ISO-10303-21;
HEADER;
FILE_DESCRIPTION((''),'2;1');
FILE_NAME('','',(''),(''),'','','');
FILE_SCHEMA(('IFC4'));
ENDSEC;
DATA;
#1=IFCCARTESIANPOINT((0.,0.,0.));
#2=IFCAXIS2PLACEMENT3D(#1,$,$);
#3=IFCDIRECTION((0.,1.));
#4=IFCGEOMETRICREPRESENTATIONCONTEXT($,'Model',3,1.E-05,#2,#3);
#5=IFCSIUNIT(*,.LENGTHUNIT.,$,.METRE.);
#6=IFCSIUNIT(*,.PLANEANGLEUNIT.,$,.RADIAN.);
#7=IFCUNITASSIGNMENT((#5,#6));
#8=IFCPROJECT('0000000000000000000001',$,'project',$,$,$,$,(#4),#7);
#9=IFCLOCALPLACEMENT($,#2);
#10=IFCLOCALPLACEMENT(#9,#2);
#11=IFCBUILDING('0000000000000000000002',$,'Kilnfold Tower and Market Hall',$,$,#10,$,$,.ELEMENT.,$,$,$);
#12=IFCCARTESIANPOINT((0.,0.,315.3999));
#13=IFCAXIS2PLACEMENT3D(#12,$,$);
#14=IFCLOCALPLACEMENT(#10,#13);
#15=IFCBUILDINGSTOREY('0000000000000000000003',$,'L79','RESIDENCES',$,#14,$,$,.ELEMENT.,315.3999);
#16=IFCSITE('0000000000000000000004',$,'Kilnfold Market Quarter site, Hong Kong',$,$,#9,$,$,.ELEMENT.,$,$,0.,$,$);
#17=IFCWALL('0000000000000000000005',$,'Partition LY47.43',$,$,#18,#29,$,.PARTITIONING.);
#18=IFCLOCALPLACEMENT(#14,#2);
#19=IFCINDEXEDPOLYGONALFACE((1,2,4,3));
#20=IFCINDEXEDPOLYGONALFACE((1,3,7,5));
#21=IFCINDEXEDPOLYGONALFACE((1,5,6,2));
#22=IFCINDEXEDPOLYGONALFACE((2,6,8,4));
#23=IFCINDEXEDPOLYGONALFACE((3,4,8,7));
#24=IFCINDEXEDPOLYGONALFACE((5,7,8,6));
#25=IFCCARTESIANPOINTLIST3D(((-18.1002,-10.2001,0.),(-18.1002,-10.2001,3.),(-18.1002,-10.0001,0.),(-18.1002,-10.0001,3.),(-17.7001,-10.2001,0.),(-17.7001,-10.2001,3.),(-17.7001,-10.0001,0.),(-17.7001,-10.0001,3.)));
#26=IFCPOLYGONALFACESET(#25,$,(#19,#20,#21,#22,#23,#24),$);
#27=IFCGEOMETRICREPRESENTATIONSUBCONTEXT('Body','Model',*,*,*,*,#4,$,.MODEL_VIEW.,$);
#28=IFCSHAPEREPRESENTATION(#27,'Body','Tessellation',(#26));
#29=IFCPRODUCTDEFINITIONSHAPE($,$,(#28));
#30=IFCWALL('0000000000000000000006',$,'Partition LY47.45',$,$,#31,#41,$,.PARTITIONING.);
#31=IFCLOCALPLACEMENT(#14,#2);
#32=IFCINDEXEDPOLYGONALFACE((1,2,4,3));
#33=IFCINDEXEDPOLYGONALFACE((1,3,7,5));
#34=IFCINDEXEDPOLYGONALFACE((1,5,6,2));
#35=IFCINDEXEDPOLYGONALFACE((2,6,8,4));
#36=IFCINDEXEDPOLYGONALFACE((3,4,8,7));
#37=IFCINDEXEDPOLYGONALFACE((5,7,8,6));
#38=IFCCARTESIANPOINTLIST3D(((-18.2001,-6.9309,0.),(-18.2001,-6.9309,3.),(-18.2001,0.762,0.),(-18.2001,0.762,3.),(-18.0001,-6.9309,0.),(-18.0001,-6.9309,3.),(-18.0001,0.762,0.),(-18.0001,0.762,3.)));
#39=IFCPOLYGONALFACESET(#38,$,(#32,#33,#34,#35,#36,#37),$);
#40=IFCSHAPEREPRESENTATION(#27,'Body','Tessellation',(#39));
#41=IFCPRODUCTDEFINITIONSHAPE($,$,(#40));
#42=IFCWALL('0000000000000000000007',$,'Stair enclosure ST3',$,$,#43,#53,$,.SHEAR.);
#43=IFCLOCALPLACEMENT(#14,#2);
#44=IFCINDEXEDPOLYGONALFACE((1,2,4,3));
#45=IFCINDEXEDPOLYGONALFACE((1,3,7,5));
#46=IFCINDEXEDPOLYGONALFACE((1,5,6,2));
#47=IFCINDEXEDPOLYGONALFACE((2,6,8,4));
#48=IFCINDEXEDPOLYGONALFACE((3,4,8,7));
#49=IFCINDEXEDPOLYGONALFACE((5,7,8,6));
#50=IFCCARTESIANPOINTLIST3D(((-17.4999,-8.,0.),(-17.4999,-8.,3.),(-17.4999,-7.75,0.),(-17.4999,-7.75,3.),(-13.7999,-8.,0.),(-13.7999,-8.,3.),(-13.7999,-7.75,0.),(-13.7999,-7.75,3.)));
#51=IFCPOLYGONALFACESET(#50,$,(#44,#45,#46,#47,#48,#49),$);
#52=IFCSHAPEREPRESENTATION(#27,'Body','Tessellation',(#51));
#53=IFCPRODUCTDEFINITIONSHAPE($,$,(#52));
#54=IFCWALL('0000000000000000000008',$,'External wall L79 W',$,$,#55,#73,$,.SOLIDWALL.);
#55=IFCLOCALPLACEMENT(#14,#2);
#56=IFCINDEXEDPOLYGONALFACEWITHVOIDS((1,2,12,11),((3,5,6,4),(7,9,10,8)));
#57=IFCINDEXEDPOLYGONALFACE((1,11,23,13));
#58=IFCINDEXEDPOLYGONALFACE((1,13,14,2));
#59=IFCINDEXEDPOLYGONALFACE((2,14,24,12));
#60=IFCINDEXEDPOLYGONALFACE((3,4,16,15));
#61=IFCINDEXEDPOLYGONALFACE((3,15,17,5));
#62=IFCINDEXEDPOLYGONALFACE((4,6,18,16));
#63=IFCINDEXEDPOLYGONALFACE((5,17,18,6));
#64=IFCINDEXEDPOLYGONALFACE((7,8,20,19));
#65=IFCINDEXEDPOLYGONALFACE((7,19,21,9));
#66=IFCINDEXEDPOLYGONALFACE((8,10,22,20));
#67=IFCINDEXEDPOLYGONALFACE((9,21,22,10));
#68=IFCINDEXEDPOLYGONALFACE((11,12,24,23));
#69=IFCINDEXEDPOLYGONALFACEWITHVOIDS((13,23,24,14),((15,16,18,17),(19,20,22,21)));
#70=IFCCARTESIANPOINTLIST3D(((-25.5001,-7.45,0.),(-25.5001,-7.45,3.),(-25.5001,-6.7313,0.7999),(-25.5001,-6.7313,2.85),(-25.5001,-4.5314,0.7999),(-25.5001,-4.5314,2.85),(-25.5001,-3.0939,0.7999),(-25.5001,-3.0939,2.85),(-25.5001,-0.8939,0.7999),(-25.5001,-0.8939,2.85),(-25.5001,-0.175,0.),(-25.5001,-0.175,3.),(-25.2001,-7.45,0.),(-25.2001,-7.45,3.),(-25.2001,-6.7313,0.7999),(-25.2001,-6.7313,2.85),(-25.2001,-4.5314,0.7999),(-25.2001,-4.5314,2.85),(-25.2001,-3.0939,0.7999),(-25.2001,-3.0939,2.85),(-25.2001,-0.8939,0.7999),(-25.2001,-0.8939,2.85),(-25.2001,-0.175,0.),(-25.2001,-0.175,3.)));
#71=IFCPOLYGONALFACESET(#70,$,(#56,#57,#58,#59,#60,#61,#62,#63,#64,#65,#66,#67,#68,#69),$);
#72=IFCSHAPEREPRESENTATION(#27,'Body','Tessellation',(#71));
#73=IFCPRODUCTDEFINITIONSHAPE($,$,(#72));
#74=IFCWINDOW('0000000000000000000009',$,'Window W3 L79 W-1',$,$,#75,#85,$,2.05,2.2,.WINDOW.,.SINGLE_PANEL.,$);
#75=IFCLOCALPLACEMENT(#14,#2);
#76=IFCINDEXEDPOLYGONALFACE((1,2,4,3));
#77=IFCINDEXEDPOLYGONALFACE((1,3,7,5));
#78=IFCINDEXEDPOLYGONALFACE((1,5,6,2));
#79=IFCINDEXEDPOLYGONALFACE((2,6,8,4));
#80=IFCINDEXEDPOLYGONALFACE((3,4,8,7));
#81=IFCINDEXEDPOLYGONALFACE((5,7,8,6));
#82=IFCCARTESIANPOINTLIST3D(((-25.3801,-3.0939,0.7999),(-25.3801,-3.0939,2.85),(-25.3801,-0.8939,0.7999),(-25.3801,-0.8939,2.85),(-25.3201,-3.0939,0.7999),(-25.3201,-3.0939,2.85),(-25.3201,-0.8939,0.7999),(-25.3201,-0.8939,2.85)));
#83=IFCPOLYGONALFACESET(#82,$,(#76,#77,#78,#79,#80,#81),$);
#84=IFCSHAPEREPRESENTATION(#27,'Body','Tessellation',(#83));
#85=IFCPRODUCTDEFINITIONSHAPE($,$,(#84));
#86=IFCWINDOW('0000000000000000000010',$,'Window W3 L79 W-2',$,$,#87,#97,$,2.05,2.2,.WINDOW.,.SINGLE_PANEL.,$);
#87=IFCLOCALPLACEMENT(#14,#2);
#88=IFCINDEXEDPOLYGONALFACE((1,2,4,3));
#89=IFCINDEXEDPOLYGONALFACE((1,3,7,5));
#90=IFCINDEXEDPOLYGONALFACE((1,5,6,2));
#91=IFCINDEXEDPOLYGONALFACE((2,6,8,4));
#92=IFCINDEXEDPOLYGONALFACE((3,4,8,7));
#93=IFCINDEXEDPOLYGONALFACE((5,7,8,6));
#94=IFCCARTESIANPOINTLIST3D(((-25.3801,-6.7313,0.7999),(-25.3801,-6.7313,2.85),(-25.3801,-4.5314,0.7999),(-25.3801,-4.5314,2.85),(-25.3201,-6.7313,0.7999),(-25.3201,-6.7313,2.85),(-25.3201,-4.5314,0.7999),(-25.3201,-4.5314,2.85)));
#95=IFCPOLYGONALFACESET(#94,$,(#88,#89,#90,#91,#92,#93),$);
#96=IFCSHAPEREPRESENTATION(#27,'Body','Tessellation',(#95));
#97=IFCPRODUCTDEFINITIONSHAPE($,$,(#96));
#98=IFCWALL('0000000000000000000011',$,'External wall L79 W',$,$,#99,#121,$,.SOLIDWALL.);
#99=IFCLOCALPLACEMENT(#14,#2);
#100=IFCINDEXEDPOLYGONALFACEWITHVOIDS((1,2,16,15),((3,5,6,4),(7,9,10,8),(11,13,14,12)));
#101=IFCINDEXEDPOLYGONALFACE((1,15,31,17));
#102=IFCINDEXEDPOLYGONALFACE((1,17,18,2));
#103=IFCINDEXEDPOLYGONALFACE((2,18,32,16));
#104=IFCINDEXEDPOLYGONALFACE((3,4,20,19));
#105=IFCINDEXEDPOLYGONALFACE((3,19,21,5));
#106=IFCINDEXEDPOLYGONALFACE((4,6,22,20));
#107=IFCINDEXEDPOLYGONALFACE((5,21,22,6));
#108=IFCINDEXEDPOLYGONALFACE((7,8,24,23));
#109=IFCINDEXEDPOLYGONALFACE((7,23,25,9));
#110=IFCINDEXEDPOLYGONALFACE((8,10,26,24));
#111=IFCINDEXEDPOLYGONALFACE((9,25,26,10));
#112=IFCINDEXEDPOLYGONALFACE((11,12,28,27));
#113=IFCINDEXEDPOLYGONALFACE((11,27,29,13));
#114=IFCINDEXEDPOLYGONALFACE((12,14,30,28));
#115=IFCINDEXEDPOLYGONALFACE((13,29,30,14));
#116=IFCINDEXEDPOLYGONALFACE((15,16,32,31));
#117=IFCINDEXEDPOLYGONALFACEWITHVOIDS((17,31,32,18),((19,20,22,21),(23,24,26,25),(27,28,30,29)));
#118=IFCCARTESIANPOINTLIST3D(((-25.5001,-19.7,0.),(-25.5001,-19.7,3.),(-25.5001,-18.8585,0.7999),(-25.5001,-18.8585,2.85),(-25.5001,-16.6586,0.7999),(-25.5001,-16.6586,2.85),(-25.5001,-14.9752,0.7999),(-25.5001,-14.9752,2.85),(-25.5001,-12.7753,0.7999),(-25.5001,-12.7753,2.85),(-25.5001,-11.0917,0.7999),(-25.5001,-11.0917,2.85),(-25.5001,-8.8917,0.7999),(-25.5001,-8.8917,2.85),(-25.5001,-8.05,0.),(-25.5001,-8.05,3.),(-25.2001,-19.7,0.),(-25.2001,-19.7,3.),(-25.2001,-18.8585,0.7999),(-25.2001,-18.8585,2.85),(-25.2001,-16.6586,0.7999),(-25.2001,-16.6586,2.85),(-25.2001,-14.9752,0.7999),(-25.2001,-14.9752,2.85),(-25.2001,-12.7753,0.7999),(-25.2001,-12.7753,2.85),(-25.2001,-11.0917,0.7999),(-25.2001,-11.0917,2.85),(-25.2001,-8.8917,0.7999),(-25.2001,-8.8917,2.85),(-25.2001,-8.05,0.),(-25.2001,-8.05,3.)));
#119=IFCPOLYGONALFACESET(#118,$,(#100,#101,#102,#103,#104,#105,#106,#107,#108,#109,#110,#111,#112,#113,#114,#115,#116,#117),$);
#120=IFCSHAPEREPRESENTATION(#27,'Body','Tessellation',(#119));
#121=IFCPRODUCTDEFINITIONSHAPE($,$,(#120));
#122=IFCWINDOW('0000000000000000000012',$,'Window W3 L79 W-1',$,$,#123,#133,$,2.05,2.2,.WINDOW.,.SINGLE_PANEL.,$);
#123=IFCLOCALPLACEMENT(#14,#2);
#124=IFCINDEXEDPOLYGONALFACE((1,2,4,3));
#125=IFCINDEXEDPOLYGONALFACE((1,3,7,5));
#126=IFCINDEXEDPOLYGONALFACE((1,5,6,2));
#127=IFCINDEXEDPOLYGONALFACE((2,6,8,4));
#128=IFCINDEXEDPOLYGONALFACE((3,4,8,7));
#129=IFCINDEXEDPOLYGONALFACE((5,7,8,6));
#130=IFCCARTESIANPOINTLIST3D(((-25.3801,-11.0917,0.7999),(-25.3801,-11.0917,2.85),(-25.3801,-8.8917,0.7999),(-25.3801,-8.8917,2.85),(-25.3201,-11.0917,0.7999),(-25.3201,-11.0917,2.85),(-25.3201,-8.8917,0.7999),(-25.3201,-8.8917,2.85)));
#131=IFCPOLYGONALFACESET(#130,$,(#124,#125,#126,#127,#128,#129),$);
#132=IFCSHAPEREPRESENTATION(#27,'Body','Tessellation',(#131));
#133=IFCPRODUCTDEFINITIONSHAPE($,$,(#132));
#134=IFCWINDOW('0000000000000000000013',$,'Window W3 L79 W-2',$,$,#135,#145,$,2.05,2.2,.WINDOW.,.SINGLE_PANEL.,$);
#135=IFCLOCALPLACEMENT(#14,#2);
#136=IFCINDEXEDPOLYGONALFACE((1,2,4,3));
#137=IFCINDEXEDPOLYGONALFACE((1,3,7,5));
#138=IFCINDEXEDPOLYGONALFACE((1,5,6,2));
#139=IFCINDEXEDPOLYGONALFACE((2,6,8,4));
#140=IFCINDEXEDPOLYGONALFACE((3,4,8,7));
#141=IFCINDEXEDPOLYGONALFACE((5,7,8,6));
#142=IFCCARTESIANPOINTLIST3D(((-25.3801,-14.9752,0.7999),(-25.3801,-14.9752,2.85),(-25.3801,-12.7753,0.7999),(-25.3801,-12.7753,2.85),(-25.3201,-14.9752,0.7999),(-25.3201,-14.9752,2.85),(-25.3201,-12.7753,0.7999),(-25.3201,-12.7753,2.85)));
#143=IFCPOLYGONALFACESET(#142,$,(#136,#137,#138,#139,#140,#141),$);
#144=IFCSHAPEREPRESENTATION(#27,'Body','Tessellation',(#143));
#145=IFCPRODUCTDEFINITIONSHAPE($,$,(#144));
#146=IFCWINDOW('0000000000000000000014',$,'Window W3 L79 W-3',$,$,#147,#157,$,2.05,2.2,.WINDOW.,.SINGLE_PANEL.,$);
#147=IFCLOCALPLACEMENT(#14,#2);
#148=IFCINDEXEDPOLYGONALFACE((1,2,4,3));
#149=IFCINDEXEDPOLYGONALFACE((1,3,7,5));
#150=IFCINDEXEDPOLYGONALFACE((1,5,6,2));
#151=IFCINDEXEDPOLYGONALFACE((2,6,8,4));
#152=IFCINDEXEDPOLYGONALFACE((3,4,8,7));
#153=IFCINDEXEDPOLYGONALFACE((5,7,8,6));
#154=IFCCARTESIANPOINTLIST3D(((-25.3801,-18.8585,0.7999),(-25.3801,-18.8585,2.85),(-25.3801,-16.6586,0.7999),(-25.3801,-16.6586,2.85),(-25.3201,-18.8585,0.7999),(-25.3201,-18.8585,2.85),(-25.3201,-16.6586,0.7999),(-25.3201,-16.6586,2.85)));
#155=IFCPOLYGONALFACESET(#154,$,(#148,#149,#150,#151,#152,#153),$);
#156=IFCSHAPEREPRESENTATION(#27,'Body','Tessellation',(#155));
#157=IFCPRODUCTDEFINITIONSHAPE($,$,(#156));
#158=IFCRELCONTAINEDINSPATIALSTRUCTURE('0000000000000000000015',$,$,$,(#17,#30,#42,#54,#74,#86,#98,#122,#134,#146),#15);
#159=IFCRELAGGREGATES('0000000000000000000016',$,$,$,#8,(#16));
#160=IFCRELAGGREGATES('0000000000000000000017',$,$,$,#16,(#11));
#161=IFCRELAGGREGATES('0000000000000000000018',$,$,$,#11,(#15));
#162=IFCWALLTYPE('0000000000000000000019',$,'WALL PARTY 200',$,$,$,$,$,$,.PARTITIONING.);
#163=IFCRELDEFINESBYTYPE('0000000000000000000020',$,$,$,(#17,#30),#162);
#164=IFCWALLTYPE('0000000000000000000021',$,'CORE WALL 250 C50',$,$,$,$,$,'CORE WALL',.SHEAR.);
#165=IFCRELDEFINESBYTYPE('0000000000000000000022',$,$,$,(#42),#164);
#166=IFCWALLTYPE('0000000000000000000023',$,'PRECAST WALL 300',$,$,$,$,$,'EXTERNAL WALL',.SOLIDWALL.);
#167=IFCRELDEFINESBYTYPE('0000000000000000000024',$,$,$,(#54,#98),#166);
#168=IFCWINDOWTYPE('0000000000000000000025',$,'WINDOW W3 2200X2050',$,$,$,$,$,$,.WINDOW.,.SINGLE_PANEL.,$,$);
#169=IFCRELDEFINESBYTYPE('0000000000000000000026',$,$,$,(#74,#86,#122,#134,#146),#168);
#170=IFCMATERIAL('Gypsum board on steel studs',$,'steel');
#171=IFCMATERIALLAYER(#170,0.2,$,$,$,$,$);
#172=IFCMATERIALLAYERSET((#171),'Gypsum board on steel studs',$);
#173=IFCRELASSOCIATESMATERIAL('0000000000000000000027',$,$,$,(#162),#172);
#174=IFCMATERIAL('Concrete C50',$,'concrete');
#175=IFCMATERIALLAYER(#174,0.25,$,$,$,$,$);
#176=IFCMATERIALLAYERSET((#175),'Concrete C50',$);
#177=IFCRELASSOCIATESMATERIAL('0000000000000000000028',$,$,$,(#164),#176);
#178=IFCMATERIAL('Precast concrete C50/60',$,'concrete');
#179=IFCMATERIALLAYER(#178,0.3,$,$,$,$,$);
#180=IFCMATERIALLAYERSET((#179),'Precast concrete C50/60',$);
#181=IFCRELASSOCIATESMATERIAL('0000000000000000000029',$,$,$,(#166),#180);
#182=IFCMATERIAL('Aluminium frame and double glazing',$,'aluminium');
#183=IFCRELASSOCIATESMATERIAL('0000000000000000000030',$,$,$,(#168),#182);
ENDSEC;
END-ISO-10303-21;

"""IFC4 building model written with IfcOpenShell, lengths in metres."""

from ifc_helpers import new_model, si_unit, direction, frame, frame_2d, origin, place, context, subcontext, project, spatial, rectangle, extrude, source, transform, mapped, material, layer, layer_set, type_object, element, fill, save


model = new_model("IFC4")

# Units and contexts
model_context = context("Model", 3, precision=1e-05, world=origin(), true_north=direction((0.0, 1.0)))
body_context = subcontext(model_context, "Body", "Model", "MODEL_VIEW")
ifc_project = project(units=[si_unit("LENGTHUNIT", "METRE"), si_unit("PLANEANGLEUNIT", "RADIAN")], contexts=[model_context])

# Site, building, storey
site_placement = place(None, origin())
site = spatial("IfcSite", under=ifc_project, at=site_placement, Name="Kilnfold Market Quarter site, Hong Kong", CompositionType="ELEMENT", RefElevation=0.0)
building_placement = place(site_placement, origin())
building = spatial("IfcBuilding", under=site, at=building_placement, Name="Kilnfold Tower and Market Hall", CompositionType="ELEMENT")
storey_placement = place(building_placement, frame((0.0, 0.0, 315.3999)))
storey = spatial("IfcBuildingStorey", under=building, at=storey_placement, Name="L79", Description="RESIDENCES", CompositionType="ELEMENT", Elevation=315.3999)

# Walls
ifc_material_1 = material(Name="Gypsum board on steel studs", Category="steel")
ifc_layer_1 = layer(ifc_material_1, 0.2)
ifc_layer_set_1 = layer_set([ifc_layer_1], Name="Gypsum board on steel studs")
wall_type_1 = type_object("IfcWallType", Name="WALL PARTY 200", PredefinedType="PARTITIONING", material=ifc_layer_set_1)
wall_1_placement = place(storey_placement, frame((-17.7, -10.1001, 0.0), z_axis=(0.0, 0.0, 1.0), x_axis=(-1.0, 0.0, 0.0)))
element("IfcWall", 1, at=wall_1_placement, inside=storey, type_object=wall_type_1, Name="Partition LY47.43", PredefinedType="PARTITIONING", context=body_context, shape_type="SweptSolid", body=[
    extrude(rectangle(XDim=0.4001, YDim=0.2, at=frame_2d((0.2002, 0.0))), origin(), (0.0, 0.0, 1.0), 3.0),
])
wall_2_placement = place(storey_placement, frame((-18.1001, -6.9309, 0.0), z_axis=(0.0, 0.0, 1.0), x_axis=(0.0, 1.0, 0.0)))
element("IfcWall", 2, at=wall_2_placement, inside=storey, type_object=wall_type_1, Name="Partition LY47.45", PredefinedType="PARTITIONING", context=body_context, shape_type="SweptSolid", body=[
    extrude(rectangle(XDim=7.6929, YDim=0.2, at=frame_2d((3.8464, 0.0))), origin(), (0.0, 0.0, 1.0), 3.0),
])
ifc_material_2 = material(Name="Concrete C50", Category="concrete")
ifc_layer_2 = layer(ifc_material_2, 0.25)
ifc_layer_set_2 = layer_set([ifc_layer_2], Name="Concrete C50")
wall_type_2 = type_object("IfcWallType", Name="CORE WALL 250 C50", ElementType="CORE WALL", PredefinedType="SHEAR", material=ifc_layer_set_2)
shared_shape_1 = source(origin(), body_context, "Body", "SweptSolid", [
    extrude(rectangle(XDim=3.7, YDim=0.25, at=frame_2d((1.8501, 0.0))), origin(), (0.0, 0.0, 1.0), 3.0),
])
wall_3_placement = place(storey_placement, frame((-17.5, -7.875, 0.0), z_axis=(0.0, 0.0, 1.0), x_axis=(1.0, 0.0, 0.0)))
element("IfcWall", 3, at=wall_3_placement, inside=storey, type_object=wall_type_2, Name="Stair enclosure ST3", PredefinedType="SHEAR", context=body_context, shape_type="MappedRepresentation", body=[
    mapped(shared_shape_1, transform((0.0, 0.0, 0.0))),
])

# Walls, openings, windows
ifc_material_3 = material(Name="Precast concrete C50/60", Category="concrete")
ifc_layer_3 = layer(ifc_material_3, 0.3)
ifc_layer_set_3 = layer_set([ifc_layer_3], Name="Precast concrete C50/60")
wall_type_3 = type_object("IfcWallType", Name="PRECAST WALL 300", ElementType="EXTERNAL WALL", PredefinedType="SOLIDWALL", material=ifc_layer_set_3)
shared_shape_2 = source(origin(), body_context, "Body", "SweptSolid", [
    extrude(rectangle(XDim=7.2749, YDim=0.3, at=frame_2d((3.6375, 0.0))), origin(), (0.0, 0.0, 1.0), 3.0),
])
wall_4_placement = place(storey_placement, frame((-25.3501, -0.175, 0.0), z_axis=(0.0, 0.0, 1.0), x_axis=(0.0, -1.0, 0.0)))
wall_4 = element("IfcWall", 4, at=wall_4_placement, inside=storey, type_object=wall_type_3, Name="External wall L79 W", PredefinedType="SOLIDWALL", context=body_context, shape_type="MappedRepresentation", body=[
    mapped(shared_shape_2, transform((0.0, 0.0, 0.0))),
])
opening_1_placement = place(wall_4_placement, frame((0.7188, 0.0, 0.8)))
opening_1 = element("IfcOpeningElement", 5, at=opening_1_placement, cuts=wall_4, PredefinedType="OPENING", context=body_context, shape_type="SweptSolid", body=[
    extrude(rectangle(XDim=2.2, YDim=2.05, at=frame_2d((1.1001, 1.0249))), frame((0.0, 0.1602, 0.0), z_axis=(0.0, -1.0, 0.0), x_axis=(1.0, 0.0, 0.0)), (0.0, 0.0, 1.0), 0.3201),
])
opening_2_placement = place(wall_4_placement, frame((4.3562, 0.0, 0.8)))
opening_2 = element("IfcOpeningElement", 6, at=opening_2_placement, cuts=wall_4, PredefinedType="OPENING", context=body_context, shape_type="SweptSolid", body=[
    extrude(rectangle(XDim=2.2, YDim=2.05, at=frame_2d((1.1001, 1.0249))), frame((0.0, 0.1602, 0.0), z_axis=(0.0, -1.0, 0.0), x_axis=(1.0, 0.0, 0.0)), (0.0, 0.0, 1.0), 0.3201),
])
ifc_material_4 = material(Name="Aluminium frame and double glazing", Category="aluminium")
window_type = type_object("IfcWindowType", Name="WINDOW W3 2200X2050", PartitioningType="SINGLE_PANEL", PredefinedType="WINDOW", material=ifc_material_4)
window_1_placement = place(opening_1_placement, origin())
window_1 = element("IfcWindow", 7, at=window_1_placement, inside=storey, type_object=window_type, Name="Window W3 L79 W-1", OverallHeight=2.05, OverallWidth=2.2, PartitioningType="SINGLE_PANEL", PredefinedType="WINDOW", context=body_context, shape_type="SweptSolid", body=[
    extrude(rectangle(XDim=2.2, YDim=2.05, at=frame_2d((1.1001, 1.0249))), frame((0.0, 0.03, 0.0), z_axis=(0.0, -1.0, 0.0), x_axis=(1.0, 0.0, 0.0)), (0.0, 0.0, 1.0), 0.0601),
])
fill(opening_1, window_1)
window_2_placement = place(opening_2_placement, origin())
window_2 = element("IfcWindow", 8, at=window_2_placement, inside=storey, type_object=window_type, Name="Window W3 L79 W-2", OverallHeight=2.05, OverallWidth=2.2, PartitioningType="SINGLE_PANEL", PredefinedType="WINDOW", context=body_context, shape_type="SweptSolid", body=[
    extrude(rectangle(XDim=2.2, YDim=2.05, at=frame_2d((1.1001, 1.0249))), frame((0.0, 0.03, 0.0), z_axis=(0.0, -1.0, 0.0), x_axis=(1.0, 0.0, 0.0)), (0.0, 0.0, 1.0), 0.0601),
])
fill(opening_2, window_2)
shared_shape_3 = source(origin(), body_context, "Body", "SweptSolid", [
    extrude(rectangle(XDim=11.6499, YDim=0.3, at=frame_2d((5.825, 0.0))), origin(), (0.0, 0.0, 1.0), 3.0),
])
wall_5_placement = place(storey_placement, frame((-25.3501, -8.05, 0.0), z_axis=(0.0, 0.0, 1.0), x_axis=(0.0, -1.0, 0.0)))
wall_5 = element("IfcWall", 9, at=wall_5_placement, inside=storey, type_object=wall_type_3, Name="External wall L79 W", PredefinedType="SOLIDWALL", context=body_context, shape_type="MappedRepresentation", body=[
    mapped(shared_shape_3, transform((0.0, 0.0, 0.0))),
])
opening_3_placement = place(wall_5_placement, frame((0.8416, 0.0, 0.8)))
opening_3 = element("IfcOpeningElement", 10, at=opening_3_placement, cuts=wall_5, PredefinedType="OPENING", context=body_context, shape_type="SweptSolid", body=[
    extrude(rectangle(XDim=2.2, YDim=2.05, at=frame_2d((1.1001, 1.0249))), frame((0.0, 0.1602, 0.0), z_axis=(0.0, -1.0, 0.0), x_axis=(1.0, 0.0, 0.0)), (0.0, 0.0, 1.0), 0.3201),
])
opening_4_placement = place(wall_5_placement, frame((4.7251, 0.0, 0.8)))
opening_4 = element("IfcOpeningElement", 11, at=opening_4_placement, cuts=wall_5, PredefinedType="OPENING", context=body_context, shape_type="SweptSolid", body=[
    extrude(rectangle(XDim=2.2, YDim=2.05, at=frame_2d((1.1001, 1.0249))), frame((0.0, 0.1602, 0.0), z_axis=(0.0, -1.0, 0.0), x_axis=(1.0, 0.0, 0.0)), (0.0, 0.0, 1.0), 0.3201),
])
opening_5_placement = place(wall_5_placement, frame((8.6084, 0.0, 0.8)))
opening_5 = element("IfcOpeningElement", 12, at=opening_5_placement, cuts=wall_5, PredefinedType="OPENING", context=body_context, shape_type="SweptSolid", body=[
    extrude(rectangle(XDim=2.2, YDim=2.05, at=frame_2d((1.1001, 1.0249))), frame((0.0, 0.1602, 0.0), z_axis=(0.0, -1.0, 0.0), x_axis=(1.0, 0.0, 0.0)), (0.0, 0.0, 1.0), 0.3201),
])
window_3_placement = place(opening_3_placement, origin())
window_3 = element("IfcWindow", 13, at=window_3_placement, inside=storey, type_object=window_type, Name="Window W3 L79 W-1", OverallHeight=2.05, OverallWidth=2.2, PartitioningType="SINGLE_PANEL", PredefinedType="WINDOW", context=body_context, shape_type="SweptSolid", body=[
    extrude(rectangle(XDim=2.2, YDim=2.05, at=frame_2d((1.1001, 1.0249))), frame((0.0, 0.03, 0.0), z_axis=(0.0, -1.0, 0.0), x_axis=(1.0, 0.0, 0.0)), (0.0, 0.0, 1.0), 0.0601),
])
fill(opening_3, window_3)
window_4_placement = place(opening_4_placement, origin())
window_4 = element("IfcWindow", 14, at=window_4_placement, inside=storey, type_object=window_type, Name="Window W3 L79 W-2", OverallHeight=2.05, OverallWidth=2.2, PartitioningType="SINGLE_PANEL", PredefinedType="WINDOW", context=body_context, shape_type="SweptSolid", body=[
    extrude(rectangle(XDim=2.2, YDim=2.05, at=frame_2d((1.1001, 1.0249))), frame((0.0, 0.03, 0.0), z_axis=(0.0, -1.0, 0.0), x_axis=(1.0, 0.0, 0.0)), (0.0, 0.0, 1.0), 0.0601),
])
fill(opening_4, window_4)
window_5_placement = place(opening_5_placement, origin())
window_5 = element("IfcWindow", 15, at=window_5_placement, inside=storey, type_object=window_type, Name="Window W3 L79 W-3", OverallHeight=2.05, OverallWidth=2.2, PartitioningType="SINGLE_PANEL", PredefinedType="WINDOW", context=body_context, shape_type="SweptSolid", body=[
    extrude(rectangle(XDim=2.2, YDim=2.05, at=frame_2d((1.1001, 1.0249))), frame((0.0, 0.03, 0.0), z_axis=(0.0, -1.0, 0.0), x_axis=(1.0, 0.0, 0.0)), (0.0, 0.0, 1.0), 0.0601),
])
fill(opening_5, window_5)

save(model, "model.ifc")
